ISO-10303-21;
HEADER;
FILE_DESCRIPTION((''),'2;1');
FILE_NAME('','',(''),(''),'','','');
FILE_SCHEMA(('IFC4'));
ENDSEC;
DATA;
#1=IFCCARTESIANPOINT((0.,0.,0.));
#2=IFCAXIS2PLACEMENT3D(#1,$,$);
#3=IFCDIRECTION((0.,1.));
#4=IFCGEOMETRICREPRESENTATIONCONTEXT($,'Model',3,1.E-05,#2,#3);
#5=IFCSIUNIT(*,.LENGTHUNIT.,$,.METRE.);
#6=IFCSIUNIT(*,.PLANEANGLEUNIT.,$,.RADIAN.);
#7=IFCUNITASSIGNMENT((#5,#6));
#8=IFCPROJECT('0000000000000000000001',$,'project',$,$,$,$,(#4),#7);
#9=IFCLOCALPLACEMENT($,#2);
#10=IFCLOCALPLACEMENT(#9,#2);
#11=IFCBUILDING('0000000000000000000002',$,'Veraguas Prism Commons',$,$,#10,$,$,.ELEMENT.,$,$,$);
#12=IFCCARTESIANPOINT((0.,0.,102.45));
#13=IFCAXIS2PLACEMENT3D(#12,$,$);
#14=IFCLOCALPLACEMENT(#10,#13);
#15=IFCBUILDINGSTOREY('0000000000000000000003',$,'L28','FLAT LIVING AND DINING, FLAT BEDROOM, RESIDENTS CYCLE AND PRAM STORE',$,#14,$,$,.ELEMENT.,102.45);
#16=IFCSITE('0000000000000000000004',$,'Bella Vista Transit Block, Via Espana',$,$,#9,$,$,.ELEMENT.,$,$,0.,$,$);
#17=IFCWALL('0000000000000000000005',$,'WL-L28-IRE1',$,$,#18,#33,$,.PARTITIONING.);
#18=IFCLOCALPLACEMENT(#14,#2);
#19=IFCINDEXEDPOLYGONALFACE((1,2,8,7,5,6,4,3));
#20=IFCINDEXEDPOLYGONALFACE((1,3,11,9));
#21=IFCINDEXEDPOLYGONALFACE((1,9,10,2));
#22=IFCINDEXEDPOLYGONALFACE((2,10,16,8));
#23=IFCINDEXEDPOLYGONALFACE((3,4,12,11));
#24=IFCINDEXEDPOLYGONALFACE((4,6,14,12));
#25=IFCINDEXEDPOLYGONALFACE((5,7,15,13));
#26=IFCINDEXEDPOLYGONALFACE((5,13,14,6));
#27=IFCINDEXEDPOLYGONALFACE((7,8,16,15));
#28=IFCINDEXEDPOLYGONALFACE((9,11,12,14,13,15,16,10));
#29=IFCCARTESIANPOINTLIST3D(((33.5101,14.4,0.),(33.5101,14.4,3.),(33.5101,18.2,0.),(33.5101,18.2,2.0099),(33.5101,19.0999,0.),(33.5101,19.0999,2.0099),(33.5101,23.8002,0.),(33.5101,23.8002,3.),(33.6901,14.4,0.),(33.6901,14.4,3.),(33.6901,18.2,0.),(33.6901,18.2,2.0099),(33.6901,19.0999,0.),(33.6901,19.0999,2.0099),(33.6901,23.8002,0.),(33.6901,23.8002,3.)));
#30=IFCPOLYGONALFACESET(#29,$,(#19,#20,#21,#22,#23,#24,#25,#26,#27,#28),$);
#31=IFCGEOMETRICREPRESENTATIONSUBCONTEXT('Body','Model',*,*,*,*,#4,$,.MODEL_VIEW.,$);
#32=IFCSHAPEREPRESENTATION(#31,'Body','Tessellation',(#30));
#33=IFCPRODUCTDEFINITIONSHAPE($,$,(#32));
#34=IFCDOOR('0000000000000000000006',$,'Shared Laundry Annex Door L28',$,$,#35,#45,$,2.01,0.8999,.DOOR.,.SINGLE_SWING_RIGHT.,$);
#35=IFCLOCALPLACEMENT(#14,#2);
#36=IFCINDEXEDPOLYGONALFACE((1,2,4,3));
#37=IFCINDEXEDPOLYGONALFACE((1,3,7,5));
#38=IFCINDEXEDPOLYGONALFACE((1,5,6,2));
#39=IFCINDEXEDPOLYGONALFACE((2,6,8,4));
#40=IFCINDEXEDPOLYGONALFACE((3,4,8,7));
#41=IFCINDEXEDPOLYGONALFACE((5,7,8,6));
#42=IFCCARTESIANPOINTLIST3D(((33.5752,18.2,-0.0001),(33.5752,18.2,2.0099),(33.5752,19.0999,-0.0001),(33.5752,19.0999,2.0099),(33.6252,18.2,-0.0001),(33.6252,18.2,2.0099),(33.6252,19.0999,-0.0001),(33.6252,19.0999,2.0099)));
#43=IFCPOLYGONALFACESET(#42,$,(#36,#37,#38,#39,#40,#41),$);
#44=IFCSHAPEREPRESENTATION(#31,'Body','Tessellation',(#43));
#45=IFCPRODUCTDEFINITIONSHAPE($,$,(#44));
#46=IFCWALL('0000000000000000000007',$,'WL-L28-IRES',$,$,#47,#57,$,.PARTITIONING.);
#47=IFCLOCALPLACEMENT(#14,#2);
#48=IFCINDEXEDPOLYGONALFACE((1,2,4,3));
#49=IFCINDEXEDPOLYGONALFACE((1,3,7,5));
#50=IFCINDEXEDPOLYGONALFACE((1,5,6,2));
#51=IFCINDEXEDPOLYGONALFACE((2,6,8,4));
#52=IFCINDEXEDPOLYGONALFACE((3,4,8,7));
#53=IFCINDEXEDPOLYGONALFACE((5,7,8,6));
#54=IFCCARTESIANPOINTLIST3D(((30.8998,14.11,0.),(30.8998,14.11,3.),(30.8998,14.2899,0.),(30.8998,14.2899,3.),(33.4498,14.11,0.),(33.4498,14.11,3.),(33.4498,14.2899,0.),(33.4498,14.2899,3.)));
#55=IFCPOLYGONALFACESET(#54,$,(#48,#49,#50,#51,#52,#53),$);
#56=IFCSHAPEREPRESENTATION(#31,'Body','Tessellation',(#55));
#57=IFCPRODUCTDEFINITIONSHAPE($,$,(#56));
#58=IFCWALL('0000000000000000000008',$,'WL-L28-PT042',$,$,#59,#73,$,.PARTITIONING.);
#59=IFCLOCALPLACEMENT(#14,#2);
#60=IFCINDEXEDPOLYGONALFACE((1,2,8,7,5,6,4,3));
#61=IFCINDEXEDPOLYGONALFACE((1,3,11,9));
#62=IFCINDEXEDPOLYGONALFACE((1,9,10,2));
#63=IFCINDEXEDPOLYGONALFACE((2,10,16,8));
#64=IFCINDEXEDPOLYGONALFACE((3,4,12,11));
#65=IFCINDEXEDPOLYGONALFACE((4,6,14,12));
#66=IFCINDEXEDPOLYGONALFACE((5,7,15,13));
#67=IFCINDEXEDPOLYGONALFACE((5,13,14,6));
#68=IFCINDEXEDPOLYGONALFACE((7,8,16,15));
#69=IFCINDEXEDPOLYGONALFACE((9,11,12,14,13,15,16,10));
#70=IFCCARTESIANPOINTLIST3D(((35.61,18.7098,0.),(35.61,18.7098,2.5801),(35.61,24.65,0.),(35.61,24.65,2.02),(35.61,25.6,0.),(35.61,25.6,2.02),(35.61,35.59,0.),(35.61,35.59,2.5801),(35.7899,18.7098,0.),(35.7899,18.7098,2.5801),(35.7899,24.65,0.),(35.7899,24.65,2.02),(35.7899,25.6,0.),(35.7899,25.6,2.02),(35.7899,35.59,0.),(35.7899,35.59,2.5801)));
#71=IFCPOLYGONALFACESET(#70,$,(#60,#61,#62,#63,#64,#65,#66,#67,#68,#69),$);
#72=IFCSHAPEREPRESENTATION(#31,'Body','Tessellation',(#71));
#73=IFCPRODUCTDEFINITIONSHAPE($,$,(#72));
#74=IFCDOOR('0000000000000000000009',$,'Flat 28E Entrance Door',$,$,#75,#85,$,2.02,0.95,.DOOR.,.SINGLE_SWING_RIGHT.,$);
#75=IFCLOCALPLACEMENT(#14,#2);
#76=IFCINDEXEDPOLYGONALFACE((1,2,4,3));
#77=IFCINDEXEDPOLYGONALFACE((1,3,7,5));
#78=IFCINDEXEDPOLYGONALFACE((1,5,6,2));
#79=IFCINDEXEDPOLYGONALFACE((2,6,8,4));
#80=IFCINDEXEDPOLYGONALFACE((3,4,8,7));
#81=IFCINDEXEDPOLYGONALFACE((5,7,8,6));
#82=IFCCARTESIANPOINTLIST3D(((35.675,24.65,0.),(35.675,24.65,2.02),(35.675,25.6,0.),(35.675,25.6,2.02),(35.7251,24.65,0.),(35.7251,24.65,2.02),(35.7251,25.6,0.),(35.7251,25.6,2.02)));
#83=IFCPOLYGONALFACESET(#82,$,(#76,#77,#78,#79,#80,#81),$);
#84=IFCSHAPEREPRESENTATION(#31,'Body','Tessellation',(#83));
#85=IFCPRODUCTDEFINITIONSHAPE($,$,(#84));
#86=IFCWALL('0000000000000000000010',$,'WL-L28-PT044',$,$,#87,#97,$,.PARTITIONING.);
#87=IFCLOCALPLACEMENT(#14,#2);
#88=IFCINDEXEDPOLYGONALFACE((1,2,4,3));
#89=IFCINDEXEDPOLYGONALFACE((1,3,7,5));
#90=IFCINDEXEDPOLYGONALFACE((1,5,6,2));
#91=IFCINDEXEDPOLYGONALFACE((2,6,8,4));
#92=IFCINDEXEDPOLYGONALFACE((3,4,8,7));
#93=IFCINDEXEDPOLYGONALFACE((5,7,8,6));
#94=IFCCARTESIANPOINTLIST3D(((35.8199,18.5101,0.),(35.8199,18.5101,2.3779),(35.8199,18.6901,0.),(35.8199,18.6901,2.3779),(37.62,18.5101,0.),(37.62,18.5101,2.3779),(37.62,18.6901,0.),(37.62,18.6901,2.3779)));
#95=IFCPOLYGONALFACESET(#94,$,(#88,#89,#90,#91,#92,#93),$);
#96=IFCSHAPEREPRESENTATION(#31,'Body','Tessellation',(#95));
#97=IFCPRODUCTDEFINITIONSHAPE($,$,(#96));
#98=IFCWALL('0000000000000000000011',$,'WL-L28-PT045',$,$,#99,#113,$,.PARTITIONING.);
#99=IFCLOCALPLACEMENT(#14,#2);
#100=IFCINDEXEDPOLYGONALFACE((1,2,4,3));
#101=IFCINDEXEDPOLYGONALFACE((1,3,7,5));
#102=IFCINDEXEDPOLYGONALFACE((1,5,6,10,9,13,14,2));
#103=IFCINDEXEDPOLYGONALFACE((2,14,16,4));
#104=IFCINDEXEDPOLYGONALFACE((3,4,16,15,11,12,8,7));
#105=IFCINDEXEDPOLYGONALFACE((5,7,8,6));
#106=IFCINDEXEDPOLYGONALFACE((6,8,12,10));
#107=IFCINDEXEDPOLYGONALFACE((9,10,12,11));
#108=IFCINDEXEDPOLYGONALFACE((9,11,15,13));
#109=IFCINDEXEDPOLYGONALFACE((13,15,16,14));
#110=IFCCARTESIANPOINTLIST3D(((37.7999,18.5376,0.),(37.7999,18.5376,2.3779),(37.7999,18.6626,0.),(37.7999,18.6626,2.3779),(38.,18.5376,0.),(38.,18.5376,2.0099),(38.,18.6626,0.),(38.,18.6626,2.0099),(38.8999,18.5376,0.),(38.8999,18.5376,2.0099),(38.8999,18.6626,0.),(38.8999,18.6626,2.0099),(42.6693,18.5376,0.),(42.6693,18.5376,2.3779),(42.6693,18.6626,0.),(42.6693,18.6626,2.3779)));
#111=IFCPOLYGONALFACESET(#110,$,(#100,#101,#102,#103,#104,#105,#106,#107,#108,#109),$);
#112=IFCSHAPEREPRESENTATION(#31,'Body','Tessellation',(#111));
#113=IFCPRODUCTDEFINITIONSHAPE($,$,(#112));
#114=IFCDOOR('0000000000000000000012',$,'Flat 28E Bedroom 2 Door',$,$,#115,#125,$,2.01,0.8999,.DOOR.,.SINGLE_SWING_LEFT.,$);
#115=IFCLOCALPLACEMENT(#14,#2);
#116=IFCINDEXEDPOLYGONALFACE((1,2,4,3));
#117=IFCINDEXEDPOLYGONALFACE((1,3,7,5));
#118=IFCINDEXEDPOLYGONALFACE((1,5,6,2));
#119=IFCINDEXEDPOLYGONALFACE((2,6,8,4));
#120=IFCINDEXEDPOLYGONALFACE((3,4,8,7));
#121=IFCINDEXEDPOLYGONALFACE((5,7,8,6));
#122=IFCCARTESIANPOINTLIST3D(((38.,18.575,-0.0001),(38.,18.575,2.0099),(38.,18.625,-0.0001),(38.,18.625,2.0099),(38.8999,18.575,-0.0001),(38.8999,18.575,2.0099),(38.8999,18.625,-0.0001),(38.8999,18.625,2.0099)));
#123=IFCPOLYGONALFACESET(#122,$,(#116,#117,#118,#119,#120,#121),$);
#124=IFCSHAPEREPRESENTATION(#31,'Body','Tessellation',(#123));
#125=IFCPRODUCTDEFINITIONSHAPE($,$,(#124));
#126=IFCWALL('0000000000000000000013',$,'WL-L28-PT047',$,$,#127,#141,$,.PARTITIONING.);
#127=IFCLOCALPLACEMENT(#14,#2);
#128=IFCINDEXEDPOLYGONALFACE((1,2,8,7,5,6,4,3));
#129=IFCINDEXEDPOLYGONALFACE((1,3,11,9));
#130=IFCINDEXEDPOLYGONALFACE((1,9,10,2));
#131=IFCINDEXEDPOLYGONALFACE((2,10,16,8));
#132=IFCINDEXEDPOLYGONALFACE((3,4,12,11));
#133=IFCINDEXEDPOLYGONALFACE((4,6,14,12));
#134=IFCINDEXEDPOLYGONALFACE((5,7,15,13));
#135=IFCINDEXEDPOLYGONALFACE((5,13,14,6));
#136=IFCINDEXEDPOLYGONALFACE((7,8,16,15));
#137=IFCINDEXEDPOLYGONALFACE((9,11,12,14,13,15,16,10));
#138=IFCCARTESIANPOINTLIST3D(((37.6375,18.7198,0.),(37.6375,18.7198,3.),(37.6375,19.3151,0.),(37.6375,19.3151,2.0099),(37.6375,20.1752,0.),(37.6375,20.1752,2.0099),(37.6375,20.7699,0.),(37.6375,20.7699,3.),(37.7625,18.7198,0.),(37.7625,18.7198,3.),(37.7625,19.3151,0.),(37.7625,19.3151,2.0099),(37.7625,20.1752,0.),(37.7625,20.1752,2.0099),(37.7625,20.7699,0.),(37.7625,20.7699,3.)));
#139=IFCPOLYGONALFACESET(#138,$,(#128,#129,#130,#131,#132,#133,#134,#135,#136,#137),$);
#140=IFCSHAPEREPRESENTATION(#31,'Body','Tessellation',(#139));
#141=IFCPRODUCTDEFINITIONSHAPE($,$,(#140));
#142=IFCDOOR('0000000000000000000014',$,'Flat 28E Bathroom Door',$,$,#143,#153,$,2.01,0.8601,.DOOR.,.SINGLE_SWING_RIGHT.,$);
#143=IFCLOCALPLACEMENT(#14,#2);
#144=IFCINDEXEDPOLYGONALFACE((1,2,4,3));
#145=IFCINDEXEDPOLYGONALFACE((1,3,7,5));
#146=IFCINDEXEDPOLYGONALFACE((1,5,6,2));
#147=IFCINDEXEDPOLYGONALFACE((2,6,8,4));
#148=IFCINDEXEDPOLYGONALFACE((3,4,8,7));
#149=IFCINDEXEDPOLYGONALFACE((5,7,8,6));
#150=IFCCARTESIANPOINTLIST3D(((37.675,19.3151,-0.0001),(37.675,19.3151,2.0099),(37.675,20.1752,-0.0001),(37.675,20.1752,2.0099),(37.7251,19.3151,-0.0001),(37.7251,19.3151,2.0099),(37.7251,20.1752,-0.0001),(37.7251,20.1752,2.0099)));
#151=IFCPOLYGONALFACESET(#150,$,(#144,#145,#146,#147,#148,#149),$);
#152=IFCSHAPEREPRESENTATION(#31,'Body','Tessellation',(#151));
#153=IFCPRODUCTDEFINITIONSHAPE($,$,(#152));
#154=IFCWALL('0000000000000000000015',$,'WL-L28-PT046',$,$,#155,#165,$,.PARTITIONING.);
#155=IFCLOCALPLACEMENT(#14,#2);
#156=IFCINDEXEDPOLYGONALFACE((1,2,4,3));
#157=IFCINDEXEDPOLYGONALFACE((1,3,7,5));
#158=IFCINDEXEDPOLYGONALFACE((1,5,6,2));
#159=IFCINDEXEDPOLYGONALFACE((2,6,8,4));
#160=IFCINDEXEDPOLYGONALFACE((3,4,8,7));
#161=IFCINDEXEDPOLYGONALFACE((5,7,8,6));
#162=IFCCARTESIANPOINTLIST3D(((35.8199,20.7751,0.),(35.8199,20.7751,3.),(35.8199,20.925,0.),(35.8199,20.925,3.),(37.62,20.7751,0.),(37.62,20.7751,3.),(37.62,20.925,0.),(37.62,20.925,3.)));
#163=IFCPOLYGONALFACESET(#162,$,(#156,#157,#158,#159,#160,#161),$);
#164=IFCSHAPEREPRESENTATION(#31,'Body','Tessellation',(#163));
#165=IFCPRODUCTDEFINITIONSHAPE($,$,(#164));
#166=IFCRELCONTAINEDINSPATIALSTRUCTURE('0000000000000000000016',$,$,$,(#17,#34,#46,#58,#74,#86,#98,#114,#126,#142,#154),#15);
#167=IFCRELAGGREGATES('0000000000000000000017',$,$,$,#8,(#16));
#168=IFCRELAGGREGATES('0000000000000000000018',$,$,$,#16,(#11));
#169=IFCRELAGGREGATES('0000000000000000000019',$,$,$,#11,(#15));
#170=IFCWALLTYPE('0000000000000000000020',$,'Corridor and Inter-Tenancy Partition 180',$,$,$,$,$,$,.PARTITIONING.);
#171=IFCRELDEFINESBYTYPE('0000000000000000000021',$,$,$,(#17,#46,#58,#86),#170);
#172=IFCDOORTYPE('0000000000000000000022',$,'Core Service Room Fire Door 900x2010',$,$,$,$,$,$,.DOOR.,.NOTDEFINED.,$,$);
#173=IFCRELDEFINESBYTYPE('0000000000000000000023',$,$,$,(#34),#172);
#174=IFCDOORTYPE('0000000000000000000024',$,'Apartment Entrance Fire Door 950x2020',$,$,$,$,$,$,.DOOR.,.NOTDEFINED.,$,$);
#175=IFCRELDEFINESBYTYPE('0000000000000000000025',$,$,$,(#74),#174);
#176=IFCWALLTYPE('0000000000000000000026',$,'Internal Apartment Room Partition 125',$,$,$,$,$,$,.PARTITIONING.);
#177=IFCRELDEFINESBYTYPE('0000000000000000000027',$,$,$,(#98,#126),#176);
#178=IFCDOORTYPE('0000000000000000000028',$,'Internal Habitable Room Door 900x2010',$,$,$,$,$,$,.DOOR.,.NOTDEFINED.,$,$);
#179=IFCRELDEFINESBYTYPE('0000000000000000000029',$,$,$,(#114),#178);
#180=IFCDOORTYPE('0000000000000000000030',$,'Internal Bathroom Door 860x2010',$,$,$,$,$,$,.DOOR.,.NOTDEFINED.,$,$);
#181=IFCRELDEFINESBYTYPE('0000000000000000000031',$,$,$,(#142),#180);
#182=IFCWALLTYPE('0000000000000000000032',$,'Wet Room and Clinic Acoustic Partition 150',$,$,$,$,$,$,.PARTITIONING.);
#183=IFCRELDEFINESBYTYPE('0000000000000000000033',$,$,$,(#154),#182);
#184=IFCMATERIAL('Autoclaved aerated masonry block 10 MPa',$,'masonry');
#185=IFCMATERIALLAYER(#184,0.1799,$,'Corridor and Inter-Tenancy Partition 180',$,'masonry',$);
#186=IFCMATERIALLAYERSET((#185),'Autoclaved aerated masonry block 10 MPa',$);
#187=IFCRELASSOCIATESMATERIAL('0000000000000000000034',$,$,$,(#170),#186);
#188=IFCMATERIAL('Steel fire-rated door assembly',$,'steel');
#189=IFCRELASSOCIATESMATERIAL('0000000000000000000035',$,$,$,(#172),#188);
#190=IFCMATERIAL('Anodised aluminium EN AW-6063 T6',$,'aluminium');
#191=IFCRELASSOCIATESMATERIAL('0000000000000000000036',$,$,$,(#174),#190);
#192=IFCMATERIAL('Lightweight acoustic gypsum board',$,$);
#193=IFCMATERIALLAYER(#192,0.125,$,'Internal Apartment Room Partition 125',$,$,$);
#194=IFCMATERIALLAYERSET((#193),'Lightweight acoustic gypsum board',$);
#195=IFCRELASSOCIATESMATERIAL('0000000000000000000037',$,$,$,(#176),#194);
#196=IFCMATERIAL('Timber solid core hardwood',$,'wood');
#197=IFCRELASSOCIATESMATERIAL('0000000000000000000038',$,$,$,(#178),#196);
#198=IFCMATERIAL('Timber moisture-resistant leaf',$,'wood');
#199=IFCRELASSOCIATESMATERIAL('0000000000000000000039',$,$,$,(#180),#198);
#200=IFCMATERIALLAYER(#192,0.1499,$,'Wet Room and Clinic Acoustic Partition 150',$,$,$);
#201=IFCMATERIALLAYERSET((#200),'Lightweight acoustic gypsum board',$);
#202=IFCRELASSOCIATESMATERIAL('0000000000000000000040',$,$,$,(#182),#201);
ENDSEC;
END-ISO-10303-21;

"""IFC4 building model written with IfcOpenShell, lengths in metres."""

from ifc_helpers import new_model, si_unit, direction, frame, frame_2d, origin, place, context, subcontext, project, spatial, rectangle, extrude, source, transform, mapped, material, layer, layer_set, type_object, element, fill, save


model = new_model("IFC4")

# Units and contexts
model_context = context("Model", 3, precision=1e-05, world=origin(), true_north=direction((0.0, 1.0)))
body_context = subcontext(model_context, "Body", "Model", "MODEL_VIEW")
ifc_project = project(units=[si_unit("LENGTHUNIT", "METRE"), si_unit("PLANEANGLEUNIT", "RADIAN")], contexts=[model_context])

# Site, building, storey
site_placement = place(None, origin())
site = spatial("IfcSite", under=ifc_project, at=site_placement, Name="Bella Vista Transit Block, Via Espana", CompositionType="ELEMENT", RefElevation=0.0)
building_placement = place(site_placement, origin())
building = spatial("IfcBuilding", under=site, at=building_placement, Name="Veraguas Prism Commons", CompositionType="ELEMENT")
storey_placement = place(building_placement, frame((0.0, 0.0, 102.45)))
storey = spatial("IfcBuildingStorey", under=building, at=storey_placement, Name="L28", Description="FLAT LIVING AND DINING, FLAT BEDROOM, RESIDENTS CYCLE AND PRAM STORE", CompositionType="ELEMENT", Elevation=102.45)

# Shared definitions
ifc_material_1 = material(Name="Anodised aluminium EN AW-6063 T6", Category="aluminium")

# Wall, opening, door
ifc_material_2 = material(Name="Autoclaved aerated masonry block 10 MPa", Category="masonry")
ifc_layer_1 = layer(ifc_material_2, 0.1799, Name="Corridor and Inter-Tenancy Partition 180", Category="masonry")
ifc_layer_set_1 = layer_set([ifc_layer_1], Name="Autoclaved aerated masonry block 10 MPa")
wall_type_1 = type_object("IfcWallType", Name="Corridor and Inter-Tenancy Partition 180", PredefinedType="PARTITIONING", material=ifc_layer_set_1)
wall_1_placement = place(storey_placement, frame((33.6001, 14.3999, 0.0), z_axis=(0.0, 0.0, 1.0), x_axis=(0.0, 1.0, 0.0)))
wall_1 = element("IfcWall", 1, at=wall_1_placement, inside=storey, type_object=wall_type_1, Name="WL-L28-IRE1", PredefinedType="PARTITIONING", context=body_context, shape_type="SweptSolid", body=[
    extrude(rectangle(XDim=9.4001, YDim=0.1799, at=frame_2d((4.7002, 0.0))), origin(), (0.0, 0.0, 1.0), 3.0),
])
opening_1_placement = place(wall_1_placement, frame((3.8, 0.0, 0.0)))
opening_1 = element("IfcOpeningElement", 2, at=opening_1_placement, cuts=wall_1, PredefinedType="OPENING", context=body_context, shape_type="SweptSolid", body=[
    extrude(rectangle(XDim=0.8999, YDim=2.01, at=frame_2d((0.45, 1.0049))), frame((0.0, 0.0999, 0.0), z_axis=(0.0, -1.0, 0.0), x_axis=(1.0, 0.0, 0.0)), (0.0, 0.0, 1.0), 0.2),
])
ifc_material_3 = material(Name="Steel fire-rated door assembly", Category="steel")
door_type_1 = type_object("IfcDoorType", Name="Core Service Room Fire Door 900x2010", OperationType="NOTDEFINED", PredefinedType="DOOR", material=ifc_material_3)
shared_shape_1 = source(origin(), body_context, "Body", "SweptSolid", [
    extrude(rectangle(XDim=0.8999, YDim=2.01, at=frame_2d((0.45, 1.0049))), frame((0.0, 0.0249, 0.0), z_axis=(0.0, -1.0, 0.0), x_axis=(1.0, 0.0, 0.0)), (0.0, 0.0, 1.0), 0.05),
])
door_1_placement = place(opening_1_placement, origin())
door_1 = element("IfcDoor", 3, at=door_1_placement, inside=storey, type_object=door_type_1, Name="Shared Laundry Annex Door L28", OperationType="SINGLE_SWING_RIGHT", OverallHeight=2.01, OverallWidth=0.8999, PredefinedType="DOOR", context=body_context, shape_type="MappedRepresentation", body=[
    mapped(shared_shape_1, transform((0.0, 0.0, 0.0), scale=1.0)),
])
fill(opening_1, door_1)

# Wall
wall_2_placement = place(storey_placement, frame((30.8999, 14.2, 0.0), z_axis=(0.0, 0.0, 1.0), x_axis=(1.0, 0.0, 0.0)))
element("IfcWall", 4, at=wall_2_placement, inside=storey, type_object=wall_type_1, Name="WL-L28-IRES", PredefinedType="PARTITIONING", context=body_context, shape_type="SweptSolid", body=[
    extrude(rectangle(XDim=2.55, YDim=0.1799, at=frame_2d((1.2749, 0.0))), origin(), (0.0, 0.0, 1.0), 3.0),
])

# Wall, opening, door
wall_3_placement = place(storey_placement, frame((35.7, 18.71, 0.0), z_axis=(0.0, 0.0, 1.0), x_axis=(0.0, 1.0, 0.0)))
wall_3 = element("IfcWall", 5, at=wall_3_placement, inside=storey, type_object=wall_type_1, Name="WL-L28-PT042", PredefinedType="PARTITIONING", context=body_context, shape_type="SweptSolid", body=[
    extrude(rectangle(XDim=16.8801, YDim=0.1799, at=frame_2d((8.4399, 0.0))), origin(), (0.0, 0.0, 1.0), 2.5801),
])
opening_2_placement = place(wall_3_placement, frame((5.9399, 0.0, 0.0)))
opening_2 = element("IfcOpeningElement", 6, at=opening_2_placement, cuts=wall_3, PredefinedType="OPENING", context=body_context, shape_type="SweptSolid", body=[
    extrude(rectangle(XDim=0.95, YDim=2.02, at=frame_2d((0.4751, 1.01))), frame((0.0, 0.0999, 0.0), z_axis=(0.0, -1.0, 0.0), x_axis=(1.0, 0.0, 0.0)), (0.0, 0.0, 1.0), 0.2),
])
door_type_2 = type_object("IfcDoorType", Name="Apartment Entrance Fire Door 950x2020", OperationType="NOTDEFINED", PredefinedType="DOOR", material=ifc_material_1)
shared_shape_2 = source(origin(), body_context, "Body", "SweptSolid", [
    extrude(rectangle(XDim=0.95, YDim=2.02, at=frame_2d((0.4751, 1.01))), frame((0.0, 0.0249, 0.0), z_axis=(0.0, -1.0, 0.0), x_axis=(1.0, 0.0, 0.0)), (0.0, 0.0, 1.0), 0.05),
])
door_2_placement = place(opening_2_placement, origin())
door_2 = element("IfcDoor", 7, at=door_2_placement, inside=storey, type_object=door_type_2, Name="Flat 28E Entrance Door", OperationType="SINGLE_SWING_RIGHT", OverallHeight=2.02, OverallWidth=0.95, PredefinedType="DOOR", context=body_context, shape_type="MappedRepresentation", body=[
    mapped(shared_shape_2, transform((0.0, 0.0, 0.0), scale=1.0)),
])
fill(opening_2, door_2)

# Wall
wall_4_placement = place(storey_placement, frame((35.8201, 18.6001, 0.0), z_axis=(0.0, 0.0, 1.0), x_axis=(1.0, 0.0, 0.0)))
element("IfcWall", 8, at=wall_4_placement, inside=storey, type_object=wall_type_1, Name="WL-L28-PT044", PredefinedType="PARTITIONING", context=body_context, shape_type="SweptSolid", body=[
    extrude(rectangle(XDim=1.8, YDim=0.1799, at=frame_2d((0.8999, 0.0))), origin(), (0.0, 0.0, 1.0), 2.3779),
])

# Walls, openings, doors
ifc_material_4 = material(Name="Lightweight acoustic gypsum board")
ifc_layer_2 = layer(ifc_material_4, 0.125, Name="Internal Apartment Room Partition 125")
ifc_layer_set_2 = layer_set([ifc_layer_2], Name="Lightweight acoustic gypsum board")
wall_type_2 = type_object("IfcWallType", Name="Internal Apartment Room Partition 125", PredefinedType="PARTITIONING", material=ifc_layer_set_2)
wall_5_placement = place(storey_placement, frame((37.8, 18.6001, 0.0), z_axis=(0.0, 0.0, 1.0), x_axis=(1.0, 0.0, 0.0)))
wall_5 = element("IfcWall", 9, at=wall_5_placement, inside=storey, type_object=wall_type_2, Name="WL-L28-PT045", PredefinedType="PARTITIONING", context=body_context, shape_type="SweptSolid", body=[
    extrude(rectangle(XDim=4.8694, YDim=0.125, at=frame_2d((2.4346, 0.0))), origin(), (0.0, 0.0, 1.0), 2.3779),
])
opening_3_placement = place(wall_5_placement, frame((0.2, 0.0, 0.0)))
opening_3 = element("IfcOpeningElement", 10, at=opening_3_placement, cuts=wall_5, PredefinedType="OPENING", context=body_context, shape_type="SweptSolid", body=[
    extrude(rectangle(XDim=0.8999, YDim=2.01, at=frame_2d((0.45, 1.0049))), frame((0.0, 0.0725, 0.0), z_axis=(0.0, -1.0, 0.0), x_axis=(1.0, 0.0, 0.0)), (0.0, 0.0, 1.0), 0.145),
])
ifc_material_5 = material(Name="Timber solid core hardwood", Category="wood")
door_type_3 = type_object("IfcDoorType", Name="Internal Habitable Room Door 900x2010", OperationType="NOTDEFINED", PredefinedType="DOOR", material=ifc_material_5)
door_3_placement = place(opening_3_placement, origin())
door_3 = element("IfcDoor", 11, at=door_3_placement, inside=storey, type_object=door_type_3, Name="Flat 28E Bedroom 2 Door", OperationType="SINGLE_SWING_LEFT", OverallHeight=2.01, OverallWidth=0.8999, PredefinedType="DOOR", context=body_context, shape_type="MappedRepresentation", body=[
    mapped(shared_shape_1, transform((0.0, 0.0, 0.0), scale=1.0)),
])
fill(opening_3, door_3)
wall_6_placement = place(storey_placement, frame((37.7, 18.72, 0.0), z_axis=(0.0, 0.0, 1.0), x_axis=(0.0, 1.0, 0.0)))
wall_6 = element("IfcWall", 12, at=wall_6_placement, inside=storey, type_object=wall_type_2, Name="WL-L28-PT047", PredefinedType="PARTITIONING", context=body_context, shape_type="SweptSolid", body=[
    extrude(rectangle(XDim=2.05, YDim=0.125, at=frame_2d((1.0249, 0.0))), origin(), (0.0, 0.0, 1.0), 3.0),
])
opening_4_placement = place(wall_6_placement, frame((0.595, 0.0, 0.0)))
opening_4 = element("IfcOpeningElement", 13, at=opening_4_placement, cuts=wall_6, PredefinedType="OPENING", context=body_context, shape_type="SweptSolid", body=[
    extrude(rectangle(XDim=0.8601, YDim=2.01, at=frame_2d((0.4302, 1.0049))), frame((0.0, 0.0725, 0.0), z_axis=(0.0, -1.0, 0.0), x_axis=(1.0, 0.0, 0.0)), (0.0, 0.0, 1.0), 0.145),
])
ifc_material_6 = material(Name="Timber moisture-resistant leaf", Category="wood")
door_type_4 = type_object("IfcDoorType", Name="Internal Bathroom Door 860x2010", OperationType="NOTDEFINED", PredefinedType="DOOR", material=ifc_material_6)
shared_shape_3 = source(origin(), body_context, "Body", "SweptSolid", [
    extrude(rectangle(XDim=0.8601, YDim=2.01, at=frame_2d((0.4302, 1.0049))), frame((0.0, 0.0249, 0.0), z_axis=(0.0, -1.0, 0.0), x_axis=(1.0, 0.0, 0.0)), (0.0, 0.0, 1.0), 0.05),
])
door_4_placement = place(opening_4_placement, origin())
door_4 = element("IfcDoor", 14, at=door_4_placement, inside=storey, type_object=door_type_4, Name="Flat 28E Bathroom Door", OperationType="SINGLE_SWING_RIGHT", OverallHeight=2.01, OverallWidth=0.8601, PredefinedType="DOOR", context=body_context, shape_type="MappedRepresentation", body=[
    mapped(shared_shape_3, transform((0.0, 0.0, 0.0), scale=1.0)),
])
fill(opening_4, door_4)

# Wall
ifc_layer_3 = layer(ifc_material_4, 0.1499, Name="Wet Room and Clinic Acoustic Partition 150")
ifc_layer_set_3 = layer_set([ifc_layer_3], Name="Lightweight acoustic gypsum board")
wall_type_3 = type_object("IfcWallType", Name="Wet Room and Clinic Acoustic Partition 150", PredefinedType="PARTITIONING", material=ifc_layer_set_3)
wall_7_placement = place(storey_placement, frame((35.8201, 20.8501, 0.0), z_axis=(0.0, 0.0, 1.0), x_axis=(1.0, 0.0, 0.0)))
element("IfcWall", 15, at=wall_7_placement, inside=storey, type_object=wall_type_3, Name="WL-L28-PT046", PredefinedType="PARTITIONING", context=body_context, shape_type="SweptSolid", body=[
    extrude(rectangle(XDim=1.8, YDim=0.1499, at=frame_2d((0.8999, 0.0))), origin(), (0.0, 0.0, 1.0), 3.0),
])

save(model, "model.ifc")
